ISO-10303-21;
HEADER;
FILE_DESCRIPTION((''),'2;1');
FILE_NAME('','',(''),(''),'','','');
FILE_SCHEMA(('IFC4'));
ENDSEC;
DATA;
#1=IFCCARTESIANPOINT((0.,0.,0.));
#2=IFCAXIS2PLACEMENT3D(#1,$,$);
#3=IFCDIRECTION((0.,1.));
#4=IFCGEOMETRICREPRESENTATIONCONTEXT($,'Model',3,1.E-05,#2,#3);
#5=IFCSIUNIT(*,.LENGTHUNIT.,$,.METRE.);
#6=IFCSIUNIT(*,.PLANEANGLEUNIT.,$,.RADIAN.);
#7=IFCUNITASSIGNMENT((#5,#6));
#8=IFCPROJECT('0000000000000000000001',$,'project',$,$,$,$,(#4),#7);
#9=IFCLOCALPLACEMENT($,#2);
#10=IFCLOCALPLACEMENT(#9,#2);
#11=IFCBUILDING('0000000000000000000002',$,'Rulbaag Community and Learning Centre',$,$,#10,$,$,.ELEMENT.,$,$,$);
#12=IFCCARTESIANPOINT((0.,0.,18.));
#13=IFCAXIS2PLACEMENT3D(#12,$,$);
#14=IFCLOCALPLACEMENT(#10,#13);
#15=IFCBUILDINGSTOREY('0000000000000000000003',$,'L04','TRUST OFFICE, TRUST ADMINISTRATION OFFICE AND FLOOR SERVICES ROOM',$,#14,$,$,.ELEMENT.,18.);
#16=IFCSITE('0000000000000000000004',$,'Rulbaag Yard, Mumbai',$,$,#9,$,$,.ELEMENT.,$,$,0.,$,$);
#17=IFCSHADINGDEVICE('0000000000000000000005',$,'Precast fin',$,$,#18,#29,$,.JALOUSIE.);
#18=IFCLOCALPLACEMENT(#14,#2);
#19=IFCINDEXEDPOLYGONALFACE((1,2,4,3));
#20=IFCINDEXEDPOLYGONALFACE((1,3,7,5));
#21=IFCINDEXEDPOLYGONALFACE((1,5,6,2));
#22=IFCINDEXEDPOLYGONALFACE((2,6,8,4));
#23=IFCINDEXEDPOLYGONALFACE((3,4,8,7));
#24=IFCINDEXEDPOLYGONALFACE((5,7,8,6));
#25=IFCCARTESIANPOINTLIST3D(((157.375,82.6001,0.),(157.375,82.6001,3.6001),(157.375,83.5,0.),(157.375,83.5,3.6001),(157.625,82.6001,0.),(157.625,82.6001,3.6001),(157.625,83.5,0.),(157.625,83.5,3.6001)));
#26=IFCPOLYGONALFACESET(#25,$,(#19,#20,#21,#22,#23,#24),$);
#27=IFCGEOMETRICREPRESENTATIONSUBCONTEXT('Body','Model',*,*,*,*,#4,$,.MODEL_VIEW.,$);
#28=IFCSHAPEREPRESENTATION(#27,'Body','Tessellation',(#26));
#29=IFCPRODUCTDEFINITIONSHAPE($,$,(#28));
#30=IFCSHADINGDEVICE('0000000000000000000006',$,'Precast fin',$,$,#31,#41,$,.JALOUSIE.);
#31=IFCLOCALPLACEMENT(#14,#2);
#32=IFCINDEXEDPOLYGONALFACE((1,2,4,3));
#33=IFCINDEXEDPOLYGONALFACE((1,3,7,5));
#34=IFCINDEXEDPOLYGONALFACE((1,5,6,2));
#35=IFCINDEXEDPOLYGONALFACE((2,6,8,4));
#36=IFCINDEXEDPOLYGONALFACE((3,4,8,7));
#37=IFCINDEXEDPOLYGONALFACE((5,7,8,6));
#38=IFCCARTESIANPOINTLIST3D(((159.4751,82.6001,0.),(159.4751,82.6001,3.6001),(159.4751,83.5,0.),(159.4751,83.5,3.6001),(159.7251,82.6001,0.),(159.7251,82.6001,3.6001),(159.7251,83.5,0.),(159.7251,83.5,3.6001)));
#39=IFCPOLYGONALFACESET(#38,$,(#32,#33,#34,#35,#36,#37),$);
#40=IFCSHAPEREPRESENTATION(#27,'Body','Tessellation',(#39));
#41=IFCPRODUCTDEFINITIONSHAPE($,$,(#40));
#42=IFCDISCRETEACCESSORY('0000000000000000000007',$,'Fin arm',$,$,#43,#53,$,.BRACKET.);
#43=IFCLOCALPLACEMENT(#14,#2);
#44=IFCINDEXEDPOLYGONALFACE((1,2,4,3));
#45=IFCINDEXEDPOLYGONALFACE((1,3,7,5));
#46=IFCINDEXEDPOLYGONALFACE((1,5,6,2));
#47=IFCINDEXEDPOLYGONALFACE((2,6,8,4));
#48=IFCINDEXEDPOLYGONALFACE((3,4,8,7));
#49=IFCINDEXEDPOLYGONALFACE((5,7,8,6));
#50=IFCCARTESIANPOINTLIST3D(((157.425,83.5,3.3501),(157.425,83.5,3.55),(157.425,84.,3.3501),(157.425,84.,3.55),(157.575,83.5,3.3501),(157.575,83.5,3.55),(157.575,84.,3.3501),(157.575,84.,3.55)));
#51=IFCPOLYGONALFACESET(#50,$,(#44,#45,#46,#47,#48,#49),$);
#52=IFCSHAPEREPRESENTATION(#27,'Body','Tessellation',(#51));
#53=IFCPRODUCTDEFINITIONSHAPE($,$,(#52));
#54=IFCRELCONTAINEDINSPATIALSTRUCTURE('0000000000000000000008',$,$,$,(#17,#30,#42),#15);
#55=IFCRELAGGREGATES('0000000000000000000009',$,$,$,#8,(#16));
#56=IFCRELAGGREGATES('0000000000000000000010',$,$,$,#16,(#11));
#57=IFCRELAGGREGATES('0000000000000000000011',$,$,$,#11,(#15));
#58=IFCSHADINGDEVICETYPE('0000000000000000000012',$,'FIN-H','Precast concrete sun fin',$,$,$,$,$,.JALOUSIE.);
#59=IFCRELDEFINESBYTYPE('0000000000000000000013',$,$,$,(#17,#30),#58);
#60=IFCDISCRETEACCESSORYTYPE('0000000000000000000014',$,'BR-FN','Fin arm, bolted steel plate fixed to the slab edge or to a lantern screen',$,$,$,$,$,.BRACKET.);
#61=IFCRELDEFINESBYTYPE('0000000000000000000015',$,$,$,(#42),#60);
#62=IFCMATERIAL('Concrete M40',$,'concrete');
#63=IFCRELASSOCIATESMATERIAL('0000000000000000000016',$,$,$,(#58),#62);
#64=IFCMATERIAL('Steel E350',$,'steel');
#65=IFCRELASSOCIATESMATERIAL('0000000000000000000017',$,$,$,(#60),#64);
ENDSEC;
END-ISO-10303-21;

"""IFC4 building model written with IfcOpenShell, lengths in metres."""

from ifc_helpers import new_model, si_unit, direction, frame, origin, origin_2d, place, context, subcontext, project, spatial, rectangle, extrude, material, material_profile, profile_set, type_object, element, save


model = new_model("IFC4")

# Units and contexts
model_context = context("Model", 3, precision=1e-05, world=origin(), true_north=direction((0.0, 1.0)))
body_context = subcontext(model_context, "Body", "Model", "MODEL_VIEW")
ifc_project = project(units=[si_unit("LENGTHUNIT", "METRE"), si_unit("PLANEANGLEUNIT", "RADIAN")], contexts=[model_context])

# Site, building, storey
site_placement = place(None, origin())
site = spatial("IfcSite", under=ifc_project, at=site_placement, Name="Rulbaag Yard, Mumbai", CompositionType="ELEMENT", RefElevation=0.0)
building_placement = place(site_placement, origin())
building = spatial("IfcBuilding", under=site, at=building_placement, Name="Rulbaag Community and Learning Centre", CompositionType="ELEMENT")
storey_placement = place(building_placement, frame((0.0, 0.0, 18.0)))
storey = spatial("IfcBuildingStorey", under=building, at=storey_placement, Name="L04", Description="TRUST OFFICE, TRUST ADMINISTRATION OFFICE AND FLOOR SERVICES ROOM", CompositionType="ELEMENT", Elevation=18.0)

# Shared definitions
ifc_material_1 = material(Name="Concrete M40", Category="concrete")

# Shading devices
ifc_material_profile_1 = material_profile(ifc_material_1, rectangle(XDim=0.25, YDim=0.8999, at=origin_2d()), Name="PC 250x900")
ifc_profile_set_1 = profile_set([ifc_material_profile_1], Name="Concrete M40")
shading_device_type = type_object("IfcShadingDeviceType", Name="FIN-H", Description="Precast concrete sun fin", PredefinedType="JALOUSIE", material=ifc_profile_set_1)
for number, where, z_axis, x_axis, name in (
    (1, (157.5, 83.05, 0.0), (0.0, 0.0, 1.0), (1.0, 0.0, 0.0), "Precast fin"),
    (2, (159.6001, 83.05, 0.0), (0.0, 0.0, 1.0), (1.0, 0.0, 0.0), "Precast fin"),
):
    element("IfcShadingDevice", number, at=place(storey_placement, frame(where, z_axis=z_axis, x_axis=x_axis)), inside=storey, type_object=shading_device_type, Name=name, PredefinedType="JALOUSIE", context=body_context, shape_type="SweptSolid", body=[
        extrude(rectangle(XDim=0.25, YDim=0.8999, at=origin_2d()), origin(), (0.0, 0.0, 1.0), 3.6001),
    ])

# Discrete accessory
ifc_material_2 = material(Name="Steel E350", Category="steel")
discrete_accessory_type = type_object("IfcDiscreteAccessoryType", Name="BR-FN", Description="Fin arm, bolted steel plate fixed to the slab edge or to a lantern screen", PredefinedType="BRACKET", material=ifc_material_2)
discrete_accessory_placement = place(storey_placement, frame((157.5, 83.75, 3.3501), z_axis=(0.0, 0.0, 1.0), x_axis=(1.0, 0.0, 0.0)))
element("IfcDiscreteAccessory", 3, at=discrete_accessory_placement, inside=storey, type_object=discrete_accessory_type, Name="Fin arm", PredefinedType="BRACKET", context=body_context, shape_type="SweptSolid", body=[
    extrude(rectangle(XDim=0.1499, YDim=0.5, at=origin_2d()), origin(), (0.0, 0.0, 1.0), 0.2),
])

save(model, "model.ifc")
